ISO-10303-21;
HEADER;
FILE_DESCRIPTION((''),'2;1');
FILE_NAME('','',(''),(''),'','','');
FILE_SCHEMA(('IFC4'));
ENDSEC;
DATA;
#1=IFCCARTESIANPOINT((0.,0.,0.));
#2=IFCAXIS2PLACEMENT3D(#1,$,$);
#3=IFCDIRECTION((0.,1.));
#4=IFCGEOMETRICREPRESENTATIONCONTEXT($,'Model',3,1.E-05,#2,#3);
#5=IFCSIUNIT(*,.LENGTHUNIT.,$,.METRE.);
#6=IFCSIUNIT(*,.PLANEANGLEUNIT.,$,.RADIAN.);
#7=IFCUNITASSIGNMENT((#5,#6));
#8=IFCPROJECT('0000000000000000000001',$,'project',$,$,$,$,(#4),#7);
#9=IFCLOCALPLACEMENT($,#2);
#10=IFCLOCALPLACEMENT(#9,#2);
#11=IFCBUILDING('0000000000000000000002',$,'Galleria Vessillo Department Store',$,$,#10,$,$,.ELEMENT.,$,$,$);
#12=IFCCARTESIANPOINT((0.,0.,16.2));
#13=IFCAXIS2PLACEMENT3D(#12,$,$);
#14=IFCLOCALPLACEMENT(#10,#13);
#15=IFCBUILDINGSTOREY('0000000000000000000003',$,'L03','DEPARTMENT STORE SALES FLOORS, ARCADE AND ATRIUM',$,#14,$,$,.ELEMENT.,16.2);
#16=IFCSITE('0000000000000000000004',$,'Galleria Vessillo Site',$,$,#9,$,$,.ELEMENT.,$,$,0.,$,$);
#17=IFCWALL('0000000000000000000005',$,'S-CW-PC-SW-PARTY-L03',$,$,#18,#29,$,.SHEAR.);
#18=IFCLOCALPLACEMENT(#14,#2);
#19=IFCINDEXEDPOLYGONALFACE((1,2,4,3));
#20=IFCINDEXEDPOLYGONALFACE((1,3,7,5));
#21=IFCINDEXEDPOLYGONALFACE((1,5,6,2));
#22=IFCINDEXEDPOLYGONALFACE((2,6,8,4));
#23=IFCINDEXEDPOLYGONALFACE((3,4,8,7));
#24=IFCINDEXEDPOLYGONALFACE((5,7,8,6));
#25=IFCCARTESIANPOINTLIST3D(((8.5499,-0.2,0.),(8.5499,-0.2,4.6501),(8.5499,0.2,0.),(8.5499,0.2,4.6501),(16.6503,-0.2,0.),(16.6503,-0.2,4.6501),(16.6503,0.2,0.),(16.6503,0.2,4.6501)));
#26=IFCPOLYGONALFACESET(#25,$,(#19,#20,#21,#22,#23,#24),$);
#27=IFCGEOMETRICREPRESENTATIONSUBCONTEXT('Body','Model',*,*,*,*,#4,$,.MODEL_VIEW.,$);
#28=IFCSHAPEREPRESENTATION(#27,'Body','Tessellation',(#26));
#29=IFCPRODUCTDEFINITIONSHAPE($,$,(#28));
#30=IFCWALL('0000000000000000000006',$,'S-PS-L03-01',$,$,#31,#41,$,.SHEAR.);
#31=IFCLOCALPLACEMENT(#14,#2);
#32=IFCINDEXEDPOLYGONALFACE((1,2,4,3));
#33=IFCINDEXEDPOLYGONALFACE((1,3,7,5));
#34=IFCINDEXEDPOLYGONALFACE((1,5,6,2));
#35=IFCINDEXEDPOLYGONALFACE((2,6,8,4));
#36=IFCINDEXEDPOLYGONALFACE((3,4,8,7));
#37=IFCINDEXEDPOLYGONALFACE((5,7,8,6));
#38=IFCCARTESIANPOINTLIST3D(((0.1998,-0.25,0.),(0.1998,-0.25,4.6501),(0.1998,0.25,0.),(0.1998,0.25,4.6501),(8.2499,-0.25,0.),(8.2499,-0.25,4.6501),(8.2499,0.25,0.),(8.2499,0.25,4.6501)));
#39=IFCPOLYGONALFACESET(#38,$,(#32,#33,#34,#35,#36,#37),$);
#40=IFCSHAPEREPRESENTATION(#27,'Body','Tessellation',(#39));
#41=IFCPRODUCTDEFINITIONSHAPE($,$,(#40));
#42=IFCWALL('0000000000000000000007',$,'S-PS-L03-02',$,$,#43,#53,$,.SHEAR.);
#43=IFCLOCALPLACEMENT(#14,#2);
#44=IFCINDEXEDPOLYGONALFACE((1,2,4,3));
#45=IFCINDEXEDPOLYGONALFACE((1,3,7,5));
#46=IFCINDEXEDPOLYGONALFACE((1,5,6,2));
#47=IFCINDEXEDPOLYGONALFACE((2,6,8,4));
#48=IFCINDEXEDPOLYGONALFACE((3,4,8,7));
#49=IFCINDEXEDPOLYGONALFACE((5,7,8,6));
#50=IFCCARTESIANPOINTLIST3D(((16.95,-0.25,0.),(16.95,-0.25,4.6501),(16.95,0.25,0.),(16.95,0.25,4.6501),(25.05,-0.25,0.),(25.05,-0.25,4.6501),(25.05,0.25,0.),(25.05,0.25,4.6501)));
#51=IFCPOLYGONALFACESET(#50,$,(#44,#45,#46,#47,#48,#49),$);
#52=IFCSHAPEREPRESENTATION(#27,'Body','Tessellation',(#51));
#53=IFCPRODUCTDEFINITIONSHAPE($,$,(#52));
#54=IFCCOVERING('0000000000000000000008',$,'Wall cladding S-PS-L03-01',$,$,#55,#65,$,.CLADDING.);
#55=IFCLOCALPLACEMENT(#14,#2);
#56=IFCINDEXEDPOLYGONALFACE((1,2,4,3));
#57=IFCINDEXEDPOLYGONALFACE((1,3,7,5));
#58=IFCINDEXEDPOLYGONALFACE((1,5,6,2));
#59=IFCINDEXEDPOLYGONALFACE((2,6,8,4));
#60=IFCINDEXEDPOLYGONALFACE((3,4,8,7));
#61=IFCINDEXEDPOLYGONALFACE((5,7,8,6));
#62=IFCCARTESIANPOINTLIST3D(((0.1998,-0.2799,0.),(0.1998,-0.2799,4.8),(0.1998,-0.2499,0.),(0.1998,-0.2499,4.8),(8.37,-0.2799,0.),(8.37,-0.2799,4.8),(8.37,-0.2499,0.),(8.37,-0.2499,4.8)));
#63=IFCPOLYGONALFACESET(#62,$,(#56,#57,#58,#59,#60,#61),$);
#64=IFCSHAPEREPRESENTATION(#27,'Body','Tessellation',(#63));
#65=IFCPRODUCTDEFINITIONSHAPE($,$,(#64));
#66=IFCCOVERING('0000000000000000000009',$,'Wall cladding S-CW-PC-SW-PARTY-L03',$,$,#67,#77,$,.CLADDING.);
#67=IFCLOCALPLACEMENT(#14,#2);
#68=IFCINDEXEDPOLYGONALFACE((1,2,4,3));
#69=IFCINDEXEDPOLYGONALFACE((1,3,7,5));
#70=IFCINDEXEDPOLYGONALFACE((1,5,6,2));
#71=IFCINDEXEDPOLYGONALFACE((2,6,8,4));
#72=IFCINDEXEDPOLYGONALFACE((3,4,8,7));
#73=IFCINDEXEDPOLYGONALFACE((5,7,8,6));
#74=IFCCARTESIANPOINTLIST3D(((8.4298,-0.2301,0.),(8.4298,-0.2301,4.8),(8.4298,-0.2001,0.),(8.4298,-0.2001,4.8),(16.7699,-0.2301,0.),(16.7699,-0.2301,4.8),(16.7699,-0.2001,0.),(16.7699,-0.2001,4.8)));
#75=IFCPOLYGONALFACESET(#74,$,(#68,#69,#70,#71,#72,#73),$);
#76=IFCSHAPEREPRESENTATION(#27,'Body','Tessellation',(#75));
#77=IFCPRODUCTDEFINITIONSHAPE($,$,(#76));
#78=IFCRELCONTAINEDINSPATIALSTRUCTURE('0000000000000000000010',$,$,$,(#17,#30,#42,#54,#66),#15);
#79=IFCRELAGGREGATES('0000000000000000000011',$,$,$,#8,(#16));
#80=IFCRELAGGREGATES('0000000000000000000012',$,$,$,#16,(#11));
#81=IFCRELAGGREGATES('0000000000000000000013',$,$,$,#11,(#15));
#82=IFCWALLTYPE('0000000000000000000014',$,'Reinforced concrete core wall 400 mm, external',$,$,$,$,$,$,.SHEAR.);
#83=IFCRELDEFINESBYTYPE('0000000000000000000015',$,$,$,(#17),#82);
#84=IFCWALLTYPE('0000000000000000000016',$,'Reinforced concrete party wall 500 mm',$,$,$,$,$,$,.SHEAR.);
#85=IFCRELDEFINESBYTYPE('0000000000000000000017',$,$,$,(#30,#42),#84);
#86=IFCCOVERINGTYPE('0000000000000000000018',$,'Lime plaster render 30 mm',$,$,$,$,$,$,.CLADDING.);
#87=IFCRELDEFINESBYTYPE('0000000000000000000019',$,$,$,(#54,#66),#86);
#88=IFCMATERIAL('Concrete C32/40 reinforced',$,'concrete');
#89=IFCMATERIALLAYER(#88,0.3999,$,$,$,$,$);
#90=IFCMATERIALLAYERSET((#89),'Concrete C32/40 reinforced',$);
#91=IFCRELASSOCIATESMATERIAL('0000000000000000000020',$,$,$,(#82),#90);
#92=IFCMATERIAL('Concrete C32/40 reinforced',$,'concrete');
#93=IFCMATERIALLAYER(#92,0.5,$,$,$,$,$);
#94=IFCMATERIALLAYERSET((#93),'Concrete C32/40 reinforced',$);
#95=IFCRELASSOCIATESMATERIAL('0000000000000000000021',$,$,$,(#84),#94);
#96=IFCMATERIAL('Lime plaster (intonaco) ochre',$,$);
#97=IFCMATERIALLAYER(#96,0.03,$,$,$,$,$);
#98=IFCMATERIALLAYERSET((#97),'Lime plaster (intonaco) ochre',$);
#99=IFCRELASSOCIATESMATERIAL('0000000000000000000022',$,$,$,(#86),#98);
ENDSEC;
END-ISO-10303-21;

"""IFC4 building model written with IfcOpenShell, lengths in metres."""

from ifc_helpers import new_model, si_unit, direction, frame, frame_2d, origin, origin_2d, place, context, subcontext, project, spatial, rectangle, extrude, material, layer, layer_set, type_object, element, save


model = new_model("IFC4")

# Units and contexts
model_context = context("Model", 3, precision=1e-05, world=origin(), true_north=direction((0.0, 1.0)))
body_context = subcontext(model_context, "Body", "Model", "MODEL_VIEW")
ifc_project = project(units=[si_unit("LENGTHUNIT", "METRE"), si_unit("PLANEANGLEUNIT", "RADIAN")], contexts=[model_context])

# Site, building, storey
site_placement = place(None, origin())
site = spatial("IfcSite", under=ifc_project, at=site_placement, Name="Galleria Vessillo Site", CompositionType="ELEMENT", RefElevation=0.0)
building_placement = place(site_placement, origin())
building = spatial("IfcBuilding", under=site, at=building_placement, Name="Galleria Vessillo Department Store", CompositionType="ELEMENT")
storey_placement = place(building_placement, frame((0.0, 0.0, 16.2)))
storey = spatial("IfcBuildingStorey", under=building, at=storey_placement, Name="L03", Description="DEPARTMENT STORE SALES FLOORS, ARCADE AND ATRIUM", CompositionType="ELEMENT", Elevation=16.2)

# Walls
ifc_material_1 = material(Name="Concrete C32/40 reinforced", Category="concrete")
ifc_layer_1 = layer(ifc_material_1, 0.3999)
ifc_layer_set_1 = layer_set([ifc_layer_1], Name="Concrete C32/40 reinforced")
wall_type_1 = type_object("IfcWallType", Name="Reinforced concrete core wall 400 mm, external", PredefinedType="SHEAR", material=ifc_layer_set_1)
wall_1_placement = place(storey_placement, frame((8.5498, 0.0, 0.0), z_axis=(0.0, 0.0, 1.0), x_axis=(1.0, 0.0, 0.0)))
element("IfcWall", 1, at=wall_1_placement, inside=storey, type_object=wall_type_1, Name="S-CW-PC-SW-PARTY-L03", PredefinedType="SHEAR", context=body_context, shape_type="SweptSolid", body=[
    extrude(rectangle(XDim=8.1003, YDim=0.3999, at=frame_2d((4.0503, 0.0))), origin(), (0.0, 0.0, 1.0), 4.6501),
])
ifc_material_2 = material(Name="Concrete C32/40 reinforced", Category="concrete")
ifc_layer_2 = layer(ifc_material_2, 0.5)
ifc_layer_set_2 = layer_set([ifc_layer_2], Name="Concrete C32/40 reinforced")
wall_type_2 = type_object("IfcWallType", Name="Reinforced concrete party wall 500 mm", PredefinedType="SHEAR", material=ifc_layer_set_2)
wall_2_placement = place(storey_placement, frame((0.2, 0.0, 0.0), z_axis=(0.0, 0.0, 1.0), x_axis=(1.0, 0.0, 0.0)))
element("IfcWall", 2, at=wall_2_placement, inside=storey, type_object=wall_type_2, Name="S-PS-L03-01", PredefinedType="SHEAR", context=body_context, shape_type="SweptSolid", body=[
    extrude(rectangle(XDim=8.05, YDim=0.5, at=frame_2d((4.0249, 0.0))), origin(), (0.0, 0.0, 1.0), 4.6501),
])
wall_3_placement = place(storey_placement, frame((16.95, 0.0, 0.0), z_axis=(0.0, 0.0, 1.0), x_axis=(1.0, 0.0, 0.0)))
element("IfcWall", 3, at=wall_3_placement, inside=storey, type_object=wall_type_2, Name="S-PS-L03-02", PredefinedType="SHEAR", context=body_context, shape_type="SweptSolid", body=[
    extrude(rectangle(XDim=8.1001, YDim=0.5, at=frame_2d((4.05, 0.0))), origin(), (0.0, 0.0, 1.0), 4.6501),
])

# Coverings
ifc_material_3 = material(Name="Lime plaster (intonaco) ochre")
ifc_layer_3 = layer(ifc_material_3, 0.03)
ifc_layer_set_3 = layer_set([ifc_layer_3], Name="Lime plaster (intonaco) ochre")
covering_type = type_object("IfcCoveringType", Name="Lime plaster render 30 mm", PredefinedType="CLADDING", material=ifc_layer_set_3)
covering_1_placement = place(storey_placement, frame((4.2849, -0.2649, 0.0), z_axis=(0.0, 0.0, 1.0), x_axis=(1.0, 0.0, 0.0)))
element("IfcCovering", 4, at=covering_1_placement, inside=storey, type_object=covering_type, Name="Wall cladding S-PS-L03-01", PredefinedType="CLADDING", context=body_context, shape_type="SweptSolid", body=[
    extrude(rectangle(XDim=8.1702, YDim=0.03, at=origin_2d()), origin(), (0.0, 0.0, 1.0), 4.8),
])
covering_2_placement = place(storey_placement, frame((12.5999, -0.2151, 0.0), z_axis=(0.0, 0.0, 1.0), x_axis=(1.0, 0.0, 0.0)))
element("IfcCovering", 5, at=covering_2_placement, inside=storey, type_object=covering_type, Name="Wall cladding S-CW-PC-SW-PARTY-L03", PredefinedType="CLADDING", context=body_context, shape_type="SweptSolid", body=[
    extrude(rectangle(XDim=8.3401, YDim=0.03, at=origin_2d()), origin(), (0.0, 0.0, 1.0), 4.8),
])

save(model, "model.ifc")
